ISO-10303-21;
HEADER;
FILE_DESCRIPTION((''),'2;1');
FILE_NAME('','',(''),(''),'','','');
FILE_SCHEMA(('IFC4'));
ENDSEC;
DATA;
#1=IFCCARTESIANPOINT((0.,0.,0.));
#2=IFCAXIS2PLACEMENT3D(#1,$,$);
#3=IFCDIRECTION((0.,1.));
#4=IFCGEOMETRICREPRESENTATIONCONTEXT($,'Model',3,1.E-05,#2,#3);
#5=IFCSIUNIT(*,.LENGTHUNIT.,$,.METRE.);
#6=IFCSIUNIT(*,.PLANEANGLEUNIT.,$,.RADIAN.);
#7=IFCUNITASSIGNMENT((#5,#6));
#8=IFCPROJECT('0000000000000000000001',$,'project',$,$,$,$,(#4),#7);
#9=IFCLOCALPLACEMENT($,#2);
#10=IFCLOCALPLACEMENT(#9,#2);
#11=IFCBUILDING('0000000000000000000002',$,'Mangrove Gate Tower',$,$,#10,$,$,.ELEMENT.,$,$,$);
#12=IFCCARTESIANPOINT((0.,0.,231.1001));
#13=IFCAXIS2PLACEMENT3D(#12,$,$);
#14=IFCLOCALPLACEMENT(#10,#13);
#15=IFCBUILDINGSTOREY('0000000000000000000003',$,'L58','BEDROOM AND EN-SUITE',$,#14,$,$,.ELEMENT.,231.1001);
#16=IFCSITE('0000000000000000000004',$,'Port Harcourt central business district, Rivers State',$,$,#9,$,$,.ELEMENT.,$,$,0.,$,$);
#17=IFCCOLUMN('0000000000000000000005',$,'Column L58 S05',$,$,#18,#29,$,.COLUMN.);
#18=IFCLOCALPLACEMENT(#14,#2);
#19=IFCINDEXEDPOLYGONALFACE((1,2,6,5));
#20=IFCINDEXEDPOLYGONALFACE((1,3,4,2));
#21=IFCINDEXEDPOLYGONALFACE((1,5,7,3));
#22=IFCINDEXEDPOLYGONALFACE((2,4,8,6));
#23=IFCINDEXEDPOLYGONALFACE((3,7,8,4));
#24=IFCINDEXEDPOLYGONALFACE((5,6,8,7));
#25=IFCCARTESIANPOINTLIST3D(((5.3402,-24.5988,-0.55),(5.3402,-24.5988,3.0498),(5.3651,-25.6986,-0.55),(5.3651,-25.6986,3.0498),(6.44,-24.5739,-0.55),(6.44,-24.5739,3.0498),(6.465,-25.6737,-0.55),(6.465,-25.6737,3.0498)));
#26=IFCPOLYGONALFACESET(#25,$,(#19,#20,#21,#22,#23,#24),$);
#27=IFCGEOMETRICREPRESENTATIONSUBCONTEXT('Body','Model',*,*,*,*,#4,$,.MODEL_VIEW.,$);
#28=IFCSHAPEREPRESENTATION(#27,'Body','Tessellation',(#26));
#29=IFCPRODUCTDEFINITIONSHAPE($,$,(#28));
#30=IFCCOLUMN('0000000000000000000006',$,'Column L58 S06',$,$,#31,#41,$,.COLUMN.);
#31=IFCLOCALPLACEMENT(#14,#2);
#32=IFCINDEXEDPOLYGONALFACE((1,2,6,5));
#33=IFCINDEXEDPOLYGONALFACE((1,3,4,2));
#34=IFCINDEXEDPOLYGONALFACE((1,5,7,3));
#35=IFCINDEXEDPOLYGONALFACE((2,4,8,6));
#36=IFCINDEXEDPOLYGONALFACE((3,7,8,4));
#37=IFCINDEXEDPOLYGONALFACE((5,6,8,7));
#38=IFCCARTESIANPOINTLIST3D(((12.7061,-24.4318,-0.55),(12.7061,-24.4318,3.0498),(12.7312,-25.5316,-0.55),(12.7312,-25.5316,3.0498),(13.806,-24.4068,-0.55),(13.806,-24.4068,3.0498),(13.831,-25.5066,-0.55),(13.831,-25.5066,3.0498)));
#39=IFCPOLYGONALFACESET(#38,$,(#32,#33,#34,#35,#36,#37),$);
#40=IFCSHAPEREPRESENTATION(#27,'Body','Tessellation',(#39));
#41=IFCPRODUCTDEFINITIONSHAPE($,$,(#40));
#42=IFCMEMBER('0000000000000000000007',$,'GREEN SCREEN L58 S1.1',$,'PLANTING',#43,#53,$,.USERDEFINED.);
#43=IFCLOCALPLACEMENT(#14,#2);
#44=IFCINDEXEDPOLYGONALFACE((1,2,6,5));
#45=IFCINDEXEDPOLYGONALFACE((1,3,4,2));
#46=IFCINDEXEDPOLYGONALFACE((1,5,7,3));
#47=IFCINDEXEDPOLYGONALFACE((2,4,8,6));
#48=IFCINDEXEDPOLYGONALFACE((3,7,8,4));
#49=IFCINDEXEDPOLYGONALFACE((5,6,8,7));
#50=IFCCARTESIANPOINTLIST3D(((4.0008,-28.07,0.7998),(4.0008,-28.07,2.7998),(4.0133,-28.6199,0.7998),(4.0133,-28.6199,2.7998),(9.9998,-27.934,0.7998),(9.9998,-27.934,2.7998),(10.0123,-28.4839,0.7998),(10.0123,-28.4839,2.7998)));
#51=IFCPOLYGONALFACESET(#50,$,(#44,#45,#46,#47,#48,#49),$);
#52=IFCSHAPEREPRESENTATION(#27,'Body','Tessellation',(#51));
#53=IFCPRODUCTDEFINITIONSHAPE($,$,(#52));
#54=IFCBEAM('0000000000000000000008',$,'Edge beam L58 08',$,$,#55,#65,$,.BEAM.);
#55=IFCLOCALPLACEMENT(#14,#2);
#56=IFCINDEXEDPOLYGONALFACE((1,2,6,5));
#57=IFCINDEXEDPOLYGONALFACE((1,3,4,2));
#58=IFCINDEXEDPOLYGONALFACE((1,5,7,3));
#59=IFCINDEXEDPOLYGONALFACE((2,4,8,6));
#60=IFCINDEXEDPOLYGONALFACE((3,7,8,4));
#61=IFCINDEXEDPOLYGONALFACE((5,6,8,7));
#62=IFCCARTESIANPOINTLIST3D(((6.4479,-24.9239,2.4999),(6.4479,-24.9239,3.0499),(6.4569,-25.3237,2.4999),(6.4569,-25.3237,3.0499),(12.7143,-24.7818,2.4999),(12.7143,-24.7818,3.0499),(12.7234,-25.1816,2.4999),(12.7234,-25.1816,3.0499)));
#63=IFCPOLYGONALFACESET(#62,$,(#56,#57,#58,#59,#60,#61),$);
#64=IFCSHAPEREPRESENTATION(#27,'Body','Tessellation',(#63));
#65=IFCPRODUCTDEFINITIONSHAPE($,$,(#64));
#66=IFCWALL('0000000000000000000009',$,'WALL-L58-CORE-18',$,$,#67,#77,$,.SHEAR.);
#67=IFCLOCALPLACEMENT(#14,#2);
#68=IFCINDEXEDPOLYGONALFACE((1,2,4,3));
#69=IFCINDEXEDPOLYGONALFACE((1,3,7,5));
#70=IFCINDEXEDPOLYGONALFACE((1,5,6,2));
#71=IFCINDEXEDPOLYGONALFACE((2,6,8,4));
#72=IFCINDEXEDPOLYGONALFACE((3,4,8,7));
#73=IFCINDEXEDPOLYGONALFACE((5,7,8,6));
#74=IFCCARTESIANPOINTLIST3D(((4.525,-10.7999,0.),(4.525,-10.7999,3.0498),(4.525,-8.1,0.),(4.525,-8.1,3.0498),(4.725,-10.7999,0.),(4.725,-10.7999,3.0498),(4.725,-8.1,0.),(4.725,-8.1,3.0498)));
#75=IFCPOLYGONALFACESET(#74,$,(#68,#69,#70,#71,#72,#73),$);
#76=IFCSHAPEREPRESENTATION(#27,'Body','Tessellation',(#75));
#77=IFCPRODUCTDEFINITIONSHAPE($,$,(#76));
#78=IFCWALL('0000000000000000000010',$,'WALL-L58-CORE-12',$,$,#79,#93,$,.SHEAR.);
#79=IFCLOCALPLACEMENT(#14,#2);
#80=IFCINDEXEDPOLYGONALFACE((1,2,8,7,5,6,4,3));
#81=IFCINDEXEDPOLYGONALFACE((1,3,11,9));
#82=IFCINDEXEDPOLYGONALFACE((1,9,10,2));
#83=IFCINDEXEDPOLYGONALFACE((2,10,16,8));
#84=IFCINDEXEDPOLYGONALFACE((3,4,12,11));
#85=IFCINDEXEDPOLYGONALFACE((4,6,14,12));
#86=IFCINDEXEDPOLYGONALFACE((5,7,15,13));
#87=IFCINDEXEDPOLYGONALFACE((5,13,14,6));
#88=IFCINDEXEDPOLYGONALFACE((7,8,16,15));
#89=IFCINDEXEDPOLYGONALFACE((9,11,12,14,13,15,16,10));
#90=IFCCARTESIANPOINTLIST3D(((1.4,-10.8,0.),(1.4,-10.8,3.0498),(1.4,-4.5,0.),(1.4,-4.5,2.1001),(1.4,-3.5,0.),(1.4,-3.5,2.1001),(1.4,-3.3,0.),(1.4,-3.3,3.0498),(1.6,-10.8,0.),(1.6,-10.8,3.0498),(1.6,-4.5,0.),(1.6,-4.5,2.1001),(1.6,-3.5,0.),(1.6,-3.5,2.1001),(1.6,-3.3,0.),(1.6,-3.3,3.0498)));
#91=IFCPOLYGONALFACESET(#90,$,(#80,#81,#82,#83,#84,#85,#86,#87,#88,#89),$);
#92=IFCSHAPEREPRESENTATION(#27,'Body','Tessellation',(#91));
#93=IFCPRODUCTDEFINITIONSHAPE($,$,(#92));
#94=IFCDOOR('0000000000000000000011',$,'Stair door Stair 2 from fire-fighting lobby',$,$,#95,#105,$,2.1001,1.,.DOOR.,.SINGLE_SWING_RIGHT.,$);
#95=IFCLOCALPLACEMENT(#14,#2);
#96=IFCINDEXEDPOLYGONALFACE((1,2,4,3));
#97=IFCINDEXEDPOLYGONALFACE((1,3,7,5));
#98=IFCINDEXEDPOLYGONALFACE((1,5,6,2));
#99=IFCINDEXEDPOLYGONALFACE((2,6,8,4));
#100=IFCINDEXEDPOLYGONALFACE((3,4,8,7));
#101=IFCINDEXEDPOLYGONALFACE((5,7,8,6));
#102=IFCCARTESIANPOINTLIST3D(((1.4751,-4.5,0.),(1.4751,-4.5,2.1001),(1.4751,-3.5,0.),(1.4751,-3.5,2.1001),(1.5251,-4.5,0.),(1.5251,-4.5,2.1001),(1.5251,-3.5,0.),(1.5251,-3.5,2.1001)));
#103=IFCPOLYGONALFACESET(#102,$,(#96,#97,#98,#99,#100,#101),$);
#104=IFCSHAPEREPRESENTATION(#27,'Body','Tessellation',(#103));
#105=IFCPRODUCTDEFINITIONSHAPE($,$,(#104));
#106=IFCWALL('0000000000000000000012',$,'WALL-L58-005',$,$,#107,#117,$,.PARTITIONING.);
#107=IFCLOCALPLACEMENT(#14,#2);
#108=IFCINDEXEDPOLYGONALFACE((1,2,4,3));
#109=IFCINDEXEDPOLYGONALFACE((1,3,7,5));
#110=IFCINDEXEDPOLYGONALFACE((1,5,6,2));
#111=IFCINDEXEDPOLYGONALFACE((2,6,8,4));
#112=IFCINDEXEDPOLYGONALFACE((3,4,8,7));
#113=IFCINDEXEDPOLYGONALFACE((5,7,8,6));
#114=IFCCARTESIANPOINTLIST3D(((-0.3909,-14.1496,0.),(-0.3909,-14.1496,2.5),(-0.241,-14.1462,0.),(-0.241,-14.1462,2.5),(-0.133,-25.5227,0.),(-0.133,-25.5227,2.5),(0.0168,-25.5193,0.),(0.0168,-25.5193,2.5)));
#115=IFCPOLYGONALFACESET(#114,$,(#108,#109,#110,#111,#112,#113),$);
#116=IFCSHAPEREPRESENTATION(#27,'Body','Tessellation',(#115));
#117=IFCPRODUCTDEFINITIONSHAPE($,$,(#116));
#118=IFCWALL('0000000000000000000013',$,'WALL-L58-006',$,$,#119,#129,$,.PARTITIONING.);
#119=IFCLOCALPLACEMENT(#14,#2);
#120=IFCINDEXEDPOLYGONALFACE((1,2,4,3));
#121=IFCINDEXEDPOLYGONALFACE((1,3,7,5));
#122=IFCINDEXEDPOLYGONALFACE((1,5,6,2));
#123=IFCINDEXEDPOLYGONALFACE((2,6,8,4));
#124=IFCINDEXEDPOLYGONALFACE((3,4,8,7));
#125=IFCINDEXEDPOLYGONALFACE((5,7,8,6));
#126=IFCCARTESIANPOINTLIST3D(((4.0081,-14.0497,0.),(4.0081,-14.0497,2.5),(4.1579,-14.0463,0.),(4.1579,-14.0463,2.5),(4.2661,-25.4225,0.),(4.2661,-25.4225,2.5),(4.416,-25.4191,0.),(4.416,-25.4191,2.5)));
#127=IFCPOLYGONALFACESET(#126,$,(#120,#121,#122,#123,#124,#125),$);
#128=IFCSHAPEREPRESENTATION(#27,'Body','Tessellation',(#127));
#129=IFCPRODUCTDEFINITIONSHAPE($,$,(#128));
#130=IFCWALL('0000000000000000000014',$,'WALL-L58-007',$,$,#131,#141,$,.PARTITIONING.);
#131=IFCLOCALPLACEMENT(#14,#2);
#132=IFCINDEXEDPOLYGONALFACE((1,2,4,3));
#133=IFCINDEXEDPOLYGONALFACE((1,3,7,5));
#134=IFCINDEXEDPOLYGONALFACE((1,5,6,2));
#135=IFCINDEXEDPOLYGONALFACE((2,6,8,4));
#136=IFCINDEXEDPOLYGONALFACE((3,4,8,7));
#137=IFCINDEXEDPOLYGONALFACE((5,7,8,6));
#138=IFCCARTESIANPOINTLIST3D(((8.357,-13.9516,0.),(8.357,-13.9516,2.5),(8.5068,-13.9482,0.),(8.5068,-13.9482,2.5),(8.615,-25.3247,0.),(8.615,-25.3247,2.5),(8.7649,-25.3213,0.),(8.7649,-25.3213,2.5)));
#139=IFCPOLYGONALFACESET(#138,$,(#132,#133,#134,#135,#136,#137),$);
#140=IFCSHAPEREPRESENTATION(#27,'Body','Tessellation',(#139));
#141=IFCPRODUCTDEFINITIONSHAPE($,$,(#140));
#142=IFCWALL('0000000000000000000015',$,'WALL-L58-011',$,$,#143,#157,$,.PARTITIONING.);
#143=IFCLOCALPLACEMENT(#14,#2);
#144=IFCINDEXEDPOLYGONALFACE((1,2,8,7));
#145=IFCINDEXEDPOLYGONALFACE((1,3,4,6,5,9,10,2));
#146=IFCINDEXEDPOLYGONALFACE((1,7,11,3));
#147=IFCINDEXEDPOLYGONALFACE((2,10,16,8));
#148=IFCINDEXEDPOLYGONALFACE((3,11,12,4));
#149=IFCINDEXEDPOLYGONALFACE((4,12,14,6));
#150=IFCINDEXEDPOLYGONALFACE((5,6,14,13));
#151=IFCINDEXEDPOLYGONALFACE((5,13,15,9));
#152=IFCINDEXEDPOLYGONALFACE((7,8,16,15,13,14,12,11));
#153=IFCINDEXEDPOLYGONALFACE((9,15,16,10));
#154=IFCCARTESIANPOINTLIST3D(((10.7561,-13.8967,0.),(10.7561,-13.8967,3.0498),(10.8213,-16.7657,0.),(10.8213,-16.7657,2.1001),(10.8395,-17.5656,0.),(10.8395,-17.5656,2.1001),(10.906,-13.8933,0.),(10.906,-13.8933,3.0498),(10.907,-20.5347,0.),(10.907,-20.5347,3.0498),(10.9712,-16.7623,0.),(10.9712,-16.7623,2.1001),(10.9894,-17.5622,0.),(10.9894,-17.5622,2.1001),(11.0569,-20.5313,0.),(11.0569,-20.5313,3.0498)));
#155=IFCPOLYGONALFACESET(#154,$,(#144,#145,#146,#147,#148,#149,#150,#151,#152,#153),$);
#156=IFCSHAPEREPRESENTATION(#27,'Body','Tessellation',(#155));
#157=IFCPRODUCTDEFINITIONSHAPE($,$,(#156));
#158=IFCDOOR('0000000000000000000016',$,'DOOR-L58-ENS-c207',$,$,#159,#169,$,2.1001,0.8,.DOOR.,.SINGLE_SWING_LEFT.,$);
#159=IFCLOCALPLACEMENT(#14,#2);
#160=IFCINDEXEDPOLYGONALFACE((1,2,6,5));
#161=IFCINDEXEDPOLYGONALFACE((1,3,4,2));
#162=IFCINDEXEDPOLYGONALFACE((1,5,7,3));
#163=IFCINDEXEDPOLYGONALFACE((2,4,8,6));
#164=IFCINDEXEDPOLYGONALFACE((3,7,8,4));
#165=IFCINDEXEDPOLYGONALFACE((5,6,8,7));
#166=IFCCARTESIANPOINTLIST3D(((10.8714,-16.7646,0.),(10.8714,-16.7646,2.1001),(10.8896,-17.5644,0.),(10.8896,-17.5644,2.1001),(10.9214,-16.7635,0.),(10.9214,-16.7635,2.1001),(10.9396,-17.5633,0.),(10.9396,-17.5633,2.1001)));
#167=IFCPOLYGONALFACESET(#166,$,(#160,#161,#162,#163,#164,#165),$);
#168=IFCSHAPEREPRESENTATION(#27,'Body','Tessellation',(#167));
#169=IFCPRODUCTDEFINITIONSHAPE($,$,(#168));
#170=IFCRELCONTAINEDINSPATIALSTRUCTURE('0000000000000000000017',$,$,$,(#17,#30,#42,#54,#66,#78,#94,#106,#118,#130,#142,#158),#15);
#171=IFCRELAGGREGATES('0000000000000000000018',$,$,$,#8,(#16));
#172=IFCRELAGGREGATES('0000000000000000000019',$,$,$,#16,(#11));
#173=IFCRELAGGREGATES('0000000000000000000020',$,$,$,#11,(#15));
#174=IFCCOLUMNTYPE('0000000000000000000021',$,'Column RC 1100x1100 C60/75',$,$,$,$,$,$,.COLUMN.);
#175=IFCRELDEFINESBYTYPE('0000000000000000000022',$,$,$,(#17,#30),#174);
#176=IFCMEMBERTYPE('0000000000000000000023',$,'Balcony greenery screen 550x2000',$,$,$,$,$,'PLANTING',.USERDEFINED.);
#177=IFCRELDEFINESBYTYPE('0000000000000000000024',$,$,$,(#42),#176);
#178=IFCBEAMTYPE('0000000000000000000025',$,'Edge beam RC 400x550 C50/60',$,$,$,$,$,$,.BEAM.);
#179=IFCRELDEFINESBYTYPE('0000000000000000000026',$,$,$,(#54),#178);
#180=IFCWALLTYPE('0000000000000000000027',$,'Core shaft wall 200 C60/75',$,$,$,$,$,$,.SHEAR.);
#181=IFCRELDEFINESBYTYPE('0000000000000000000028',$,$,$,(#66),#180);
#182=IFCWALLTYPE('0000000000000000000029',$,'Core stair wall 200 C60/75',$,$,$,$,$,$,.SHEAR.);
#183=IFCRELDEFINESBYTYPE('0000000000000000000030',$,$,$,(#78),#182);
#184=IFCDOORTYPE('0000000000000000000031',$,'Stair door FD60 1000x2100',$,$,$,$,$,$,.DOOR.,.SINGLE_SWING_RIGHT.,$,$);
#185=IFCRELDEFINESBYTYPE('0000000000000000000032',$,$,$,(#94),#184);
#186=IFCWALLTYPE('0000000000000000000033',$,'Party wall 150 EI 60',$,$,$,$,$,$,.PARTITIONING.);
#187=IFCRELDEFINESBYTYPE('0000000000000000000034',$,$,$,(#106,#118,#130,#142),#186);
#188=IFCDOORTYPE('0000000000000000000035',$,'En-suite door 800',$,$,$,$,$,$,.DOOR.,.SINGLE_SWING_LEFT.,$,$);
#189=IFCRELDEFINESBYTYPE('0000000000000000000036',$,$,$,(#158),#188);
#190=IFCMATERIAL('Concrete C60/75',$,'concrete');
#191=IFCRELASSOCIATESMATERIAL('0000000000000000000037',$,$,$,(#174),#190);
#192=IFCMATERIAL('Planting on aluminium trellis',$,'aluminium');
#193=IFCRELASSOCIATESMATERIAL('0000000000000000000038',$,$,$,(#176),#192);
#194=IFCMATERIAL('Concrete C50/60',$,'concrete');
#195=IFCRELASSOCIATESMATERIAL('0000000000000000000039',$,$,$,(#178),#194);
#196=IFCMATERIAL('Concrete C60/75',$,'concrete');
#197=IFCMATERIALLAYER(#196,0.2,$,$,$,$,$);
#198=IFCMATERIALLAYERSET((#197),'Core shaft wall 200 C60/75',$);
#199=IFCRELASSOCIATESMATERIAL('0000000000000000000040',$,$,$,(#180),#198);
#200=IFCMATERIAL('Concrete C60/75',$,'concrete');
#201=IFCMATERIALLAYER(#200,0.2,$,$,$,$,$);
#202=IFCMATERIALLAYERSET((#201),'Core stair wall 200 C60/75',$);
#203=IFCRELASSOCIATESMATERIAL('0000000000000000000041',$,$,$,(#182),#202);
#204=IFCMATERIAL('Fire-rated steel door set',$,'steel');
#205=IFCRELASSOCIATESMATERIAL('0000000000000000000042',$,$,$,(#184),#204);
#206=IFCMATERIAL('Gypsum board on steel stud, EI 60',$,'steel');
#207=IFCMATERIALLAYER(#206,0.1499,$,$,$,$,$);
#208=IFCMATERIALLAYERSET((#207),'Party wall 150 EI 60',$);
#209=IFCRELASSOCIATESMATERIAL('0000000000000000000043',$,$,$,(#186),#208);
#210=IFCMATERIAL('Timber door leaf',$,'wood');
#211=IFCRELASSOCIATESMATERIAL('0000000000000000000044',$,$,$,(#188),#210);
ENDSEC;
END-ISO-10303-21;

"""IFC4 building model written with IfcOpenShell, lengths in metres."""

from ifc_helpers import new_model, si_unit, direction, frame, frame_2d, origin, origin_2d, place, context, subcontext, project, spatial, rectangle, extrude, material, layer, layer_set, material_profile, profile_set, type_object, element, fill, save


model = new_model("IFC4")

# Units and contexts
model_context = context("Model", 3, precision=1e-05, world=origin(), true_north=direction((0.0, 1.0)))
body_context = subcontext(model_context, "Body", "Model", "MODEL_VIEW")
ifc_project = project(units=[si_unit("LENGTHUNIT", "METRE"), si_unit("PLANEANGLEUNIT", "RADIAN")], contexts=[model_context])

# Site, building, storey
site_placement = place(None, origin())
site = spatial("IfcSite", under=ifc_project, at=site_placement, Name="Port Harcourt central business district, Rivers State", CompositionType="ELEMENT", RefElevation=0.0)
building_placement = place(site_placement, origin())
building = spatial("IfcBuilding", under=site, at=building_placement, Name="Mangrove Gate Tower", CompositionType="ELEMENT")
storey_placement = place(building_placement, frame((0.0, 0.0, 231.1001)))
storey = spatial("IfcBuildingStorey", under=building, at=storey_placement, Name="L58", Description="BEDROOM AND EN-SUITE", CompositionType="ELEMENT", Elevation=231.1001)

# Columns
ifc_material_1 = material(Name="Concrete C60/75", Category="concrete")
ifc_material_profile_1 = material_profile(ifc_material_1, rectangle(XDim=1.1001, YDim=1.1001, at=origin_2d()))
ifc_profile_set_1 = profile_set([ifc_material_profile_1], Name="Concrete C60/75")
column_type = type_object("IfcColumnType", Name="Column RC 1100x1100 C60/75", PredefinedType="COLUMN", material=ifc_profile_set_1)
for number, where, z_axis, x_axis, name in (
    (1, (5.9026, -25.1362, -0.55), (0.0, 0.0, 1.0), (0.999743, 0.022666, 0.0), "Column L58 S05"),
    (2, (13.2686, -24.9692, -0.55), (0.0, 0.0, 1.0), (0.999742, 0.022734, 0.0), "Column L58 S06"),
):
    element("IfcColumn", number, at=place(storey_placement, frame(where, z_axis=z_axis, x_axis=x_axis)), inside=storey, type_object=column_type, Name=name, PredefinedType="COLUMN", context=body_context, shape_type="SweptSolid", body=[
        extrude(rectangle(XDim=1.1001, YDim=1.1001, at=origin_2d()), origin(), (0.0, 0.0, 1.0), 3.5999),
    ])

# Member
ifc_material_2 = material(Name="Planting on aluminium trellis", Category="aluminium")
ifc_material_profile_2 = material_profile(ifc_material_2, rectangle(XDim=0.55, YDim=2.0, at=origin_2d()))
ifc_profile_set_2 = profile_set([ifc_material_profile_2], Name="Planting on aluminium trellis")
member_type = type_object("IfcMemberType", Name="Balcony greenery screen 550x2000", ElementType="PLANTING", PredefinedType="USERDEFINED", material=ifc_profile_set_2)
member_placement = place(storey_placement, frame((4.0071, -28.345, 1.7998), z_axis=(0.999743, 0.022662, 0.0), x_axis=(-0.022662, 0.999743, 0.0)))
element("IfcMember", 3, at=member_placement, inside=storey, type_object=member_type, Name="GREEN SCREEN L58 S1.1", ObjectType="PLANTING", PredefinedType="USERDEFINED", context=body_context, shape_type="SweptSolid", body=[
    extrude(rectangle(XDim=0.55, YDim=2.0, at=origin_2d()), origin(), (0.0, 0.0, 1.0), 6.0005),
])

# Beam
ifc_material_3 = material(Name="Concrete C50/60", Category="concrete")
ifc_material_profile_3 = material_profile(ifc_material_3, rectangle(XDim=0.3999, YDim=0.55, at=origin_2d()))
ifc_profile_set_3 = profile_set([ifc_material_profile_3], Name="Concrete C50/60")
beam_type = type_object("IfcBeamType", Name="Edge beam RC 400x550 C50/60", PredefinedType="BEAM", material=ifc_profile_set_3)
beam_placement = place(storey_placement, frame((6.4524, -25.1238, 2.7749), z_axis=(0.999743, 0.022669, 0.0), x_axis=(-0.022669, 0.999743, 0.0)))
element("IfcBeam", 4, at=beam_placement, inside=storey, type_object=beam_type, Name="Edge beam L58 08", PredefinedType="BEAM", context=body_context, shape_type="SweptSolid", body=[
    extrude(rectangle(XDim=0.3999, YDim=0.55, at=origin_2d()), origin(), (0.0, 0.0, 1.0), 6.2681),
])

# Wall
ifc_material_4 = material(Name="Concrete C60/75", Category="concrete")
ifc_layer_1 = layer(ifc_material_4, 0.2)
ifc_layer_set_1 = layer_set([ifc_layer_1], Name="Core shaft wall 200 C60/75")
wall_type_1 = type_object("IfcWallType", Name="Core shaft wall 200 C60/75", PredefinedType="SHEAR", material=ifc_layer_set_1)
wall_1_placement = place(storey_placement, frame((4.625, -10.8, 0.0), z_axis=(0.0, 0.0, 1.0), x_axis=(0.0, 1.0, 0.0)))
element("IfcWall", 5, at=wall_1_placement, inside=storey, type_object=wall_type_1, Name="WALL-L58-CORE-18", PredefinedType="SHEAR", context=body_context, shape_type="SweptSolid", body=[
    extrude(rectangle(XDim=2.7, YDim=0.2, at=frame_2d((1.3501, 0.0))), origin(), (0.0, 0.0, 1.0), 3.0498),
])

# Wall, opening, door
ifc_material_5 = material(Name="Concrete C60/75", Category="concrete")
ifc_layer_2 = layer(ifc_material_5, 0.2)
ifc_layer_set_2 = layer_set([ifc_layer_2], Name="Core stair wall 200 C60/75")
wall_type_2 = type_object("IfcWallType", Name="Core stair wall 200 C60/75", PredefinedType="SHEAR", material=ifc_layer_set_2)
wall_2_placement = place(storey_placement, frame((1.5, -10.8, 0.0), z_axis=(0.0, 0.0, 1.0), x_axis=(0.0, 1.0, 0.0)))
wall_2 = element("IfcWall", 6, at=wall_2_placement, inside=storey, type_object=wall_type_2, Name="WALL-L58-CORE-12", PredefinedType="SHEAR", context=body_context, shape_type="SweptSolid", body=[
    extrude(rectangle(XDim=7.5, YDim=0.2, at=frame_2d((3.75, 0.0))), origin(), (0.0, 0.0, 1.0), 3.0498),
])
opening_1_placement = place(wall_2_placement, frame((6.3, 0.0, 0.0)))
opening_1 = element("IfcOpeningElement", 7, at=opening_1_placement, cuts=wall_2, PredefinedType="OPENING", context=body_context, shape_type="SweptSolid", body=[
    extrude(rectangle(XDim=1.0, YDim=2.1001, at=frame_2d((0.5, 1.05))), frame((0.0, 0.1099, 0.0), z_axis=(0.0, -1.0, 0.0), x_axis=(1.0, 0.0, 0.0)), (0.0, 0.0, 1.0), 0.22),
])
ifc_material_6 = material(Name="Fire-rated steel door set", Category="steel")
door_type_1 = type_object("IfcDoorType", Name="Stair door FD60 1000x2100", OperationType="SINGLE_SWING_RIGHT", PredefinedType="DOOR", material=ifc_material_6)
door_1_placement = place(opening_1_placement, origin())
door_1 = element("IfcDoor", 8, at=door_1_placement, inside=storey, type_object=door_type_1, Name="Stair door Stair 2 from fire-fighting lobby", OperationType="SINGLE_SWING_RIGHT", OverallHeight=2.1001, OverallWidth=1.0, PredefinedType="DOOR", context=body_context, shape_type="SweptSolid", body=[
    extrude(rectangle(XDim=1.0, YDim=2.1001, at=frame_2d((0.5, 1.05))), frame((0.0, 0.0249, 0.0), z_axis=(0.0, -1.0, 0.0), x_axis=(1.0, 0.0, 0.0)), (0.0, 0.0, 1.0), 0.05),
])
fill(opening_1, door_1)

# Walls
ifc_material_7 = material(Name="Gypsum board on steel stud, EI 60", Category="steel")
ifc_layer_3 = layer(ifc_material_7, 0.1499)
ifc_layer_set_3 = layer_set([ifc_layer_3], Name="Party wall 150 EI 60")
wall_type_3 = type_object("IfcWallType", Name="Party wall 150 EI 60", PredefinedType="PARTITIONING", material=ifc_layer_set_3)
wall_3_placement = place(storey_placement, frame((-0.0581, -25.521, 0.0), z_axis=(0.0, 0.0, 1.0), x_axis=(-0.022663, 0.999743, 0.0)))
element("IfcWall", 9, at=wall_3_placement, inside=storey, type_object=wall_type_3, Name="WALL-L58-005", PredefinedType="PARTITIONING", context=body_context, shape_type="SweptSolid", body=[
    extrude(rectangle(XDim=11.376, YDim=0.1499, at=frame_2d((5.688, 0.0))), origin(), (0.0, 0.0, 1.0), 2.5),
])
wall_4_placement = place(storey_placement, frame((4.3411, -25.4209, 0.0), z_axis=(0.0, 0.0, 1.0), x_axis=(-0.022685, 0.999743, 0.0)))
element("IfcWall", 10, at=wall_4_placement, inside=storey, type_object=wall_type_3, Name="WALL-L58-006", PredefinedType="PARTITIONING", context=body_context, shape_type="SweptSolid", body=[
    extrude(rectangle(XDim=11.3757, YDim=0.1499, at=frame_2d((5.688, 0.0))), origin(), (0.0, 0.0, 1.0), 2.5),
])
wall_5_placement = place(storey_placement, frame((8.6899, -25.323, 0.0), z_axis=(0.0, 0.0, 1.0), x_axis=(-0.022684, 0.999743, 0.0)))
element("IfcWall", 11, at=wall_5_placement, inside=storey, type_object=wall_type_3, Name="WALL-L58-007", PredefinedType="PARTITIONING", context=body_context, shape_type="SweptSolid", body=[
    extrude(rectangle(XDim=11.376, YDim=0.1499, at=frame_2d((5.688, 0.0))), origin(), (0.0, 0.0, 1.0), 2.5),
])

# Wall, opening, door
wall_6_placement = place(storey_placement, frame((10.9819, -20.533, 0.0), z_axis=(0.0, 0.0, 1.0), x_axis=(-0.022724, 0.999742, 0.0)))
wall_6 = element("IfcWall", 12, at=wall_6_placement, inside=storey, type_object=wall_type_3, Name="WALL-L58-011", PredefinedType="PARTITIONING", context=body_context, shape_type="SweptSolid", body=[
    extrude(rectangle(XDim=6.6396, YDim=0.1499, at=frame_2d((3.3198, 0.0))), origin(), (0.0, 0.0, 1.0), 3.0498),
])
opening_2_placement = place(wall_6_placement, frame((2.97, 0.0, 0.0)))
opening_2 = element("IfcOpeningElement", 13, at=opening_2_placement, cuts=wall_6, PredefinedType="OPENING", context=body_context, shape_type="SweptSolid", body=[
    extrude(rectangle(XDim=0.8, YDim=2.1001, at=frame_2d((0.3999, 1.05))), frame((0.0, 0.085, 0.0), z_axis=(0.0, -1.0, 0.0), x_axis=(1.0, 0.0, 0.0)), (0.0, 0.0, 1.0), 0.1699),
])
ifc_material_8 = material(Name="Timber door leaf", Category="wood")
door_type_2 = type_object("IfcDoorType", Name="En-suite door 800", OperationType="SINGLE_SWING_LEFT", PredefinedType="DOOR", material=ifc_material_8)
door_2_placement = place(opening_2_placement, origin())
door_2 = element("IfcDoor", 14, at=door_2_placement, inside=storey, type_object=door_type_2, Name="DOOR-L58-ENS-c207", OperationType="SINGLE_SWING_LEFT", OverallHeight=2.1001, OverallWidth=0.8, PredefinedType="DOOR", context=body_context, shape_type="SweptSolid", body=[
    extrude(rectangle(XDim=0.8, YDim=2.1001, at=frame_2d((0.3999, 1.05))), frame((0.0, 0.0249, 0.0), z_axis=(0.0, -1.0, 0.0), x_axis=(1.0, 0.0, 0.0)), (0.0, 0.0, 1.0), 0.05),
])
fill(opening_2, door_2)

save(model, "model.ifc")
